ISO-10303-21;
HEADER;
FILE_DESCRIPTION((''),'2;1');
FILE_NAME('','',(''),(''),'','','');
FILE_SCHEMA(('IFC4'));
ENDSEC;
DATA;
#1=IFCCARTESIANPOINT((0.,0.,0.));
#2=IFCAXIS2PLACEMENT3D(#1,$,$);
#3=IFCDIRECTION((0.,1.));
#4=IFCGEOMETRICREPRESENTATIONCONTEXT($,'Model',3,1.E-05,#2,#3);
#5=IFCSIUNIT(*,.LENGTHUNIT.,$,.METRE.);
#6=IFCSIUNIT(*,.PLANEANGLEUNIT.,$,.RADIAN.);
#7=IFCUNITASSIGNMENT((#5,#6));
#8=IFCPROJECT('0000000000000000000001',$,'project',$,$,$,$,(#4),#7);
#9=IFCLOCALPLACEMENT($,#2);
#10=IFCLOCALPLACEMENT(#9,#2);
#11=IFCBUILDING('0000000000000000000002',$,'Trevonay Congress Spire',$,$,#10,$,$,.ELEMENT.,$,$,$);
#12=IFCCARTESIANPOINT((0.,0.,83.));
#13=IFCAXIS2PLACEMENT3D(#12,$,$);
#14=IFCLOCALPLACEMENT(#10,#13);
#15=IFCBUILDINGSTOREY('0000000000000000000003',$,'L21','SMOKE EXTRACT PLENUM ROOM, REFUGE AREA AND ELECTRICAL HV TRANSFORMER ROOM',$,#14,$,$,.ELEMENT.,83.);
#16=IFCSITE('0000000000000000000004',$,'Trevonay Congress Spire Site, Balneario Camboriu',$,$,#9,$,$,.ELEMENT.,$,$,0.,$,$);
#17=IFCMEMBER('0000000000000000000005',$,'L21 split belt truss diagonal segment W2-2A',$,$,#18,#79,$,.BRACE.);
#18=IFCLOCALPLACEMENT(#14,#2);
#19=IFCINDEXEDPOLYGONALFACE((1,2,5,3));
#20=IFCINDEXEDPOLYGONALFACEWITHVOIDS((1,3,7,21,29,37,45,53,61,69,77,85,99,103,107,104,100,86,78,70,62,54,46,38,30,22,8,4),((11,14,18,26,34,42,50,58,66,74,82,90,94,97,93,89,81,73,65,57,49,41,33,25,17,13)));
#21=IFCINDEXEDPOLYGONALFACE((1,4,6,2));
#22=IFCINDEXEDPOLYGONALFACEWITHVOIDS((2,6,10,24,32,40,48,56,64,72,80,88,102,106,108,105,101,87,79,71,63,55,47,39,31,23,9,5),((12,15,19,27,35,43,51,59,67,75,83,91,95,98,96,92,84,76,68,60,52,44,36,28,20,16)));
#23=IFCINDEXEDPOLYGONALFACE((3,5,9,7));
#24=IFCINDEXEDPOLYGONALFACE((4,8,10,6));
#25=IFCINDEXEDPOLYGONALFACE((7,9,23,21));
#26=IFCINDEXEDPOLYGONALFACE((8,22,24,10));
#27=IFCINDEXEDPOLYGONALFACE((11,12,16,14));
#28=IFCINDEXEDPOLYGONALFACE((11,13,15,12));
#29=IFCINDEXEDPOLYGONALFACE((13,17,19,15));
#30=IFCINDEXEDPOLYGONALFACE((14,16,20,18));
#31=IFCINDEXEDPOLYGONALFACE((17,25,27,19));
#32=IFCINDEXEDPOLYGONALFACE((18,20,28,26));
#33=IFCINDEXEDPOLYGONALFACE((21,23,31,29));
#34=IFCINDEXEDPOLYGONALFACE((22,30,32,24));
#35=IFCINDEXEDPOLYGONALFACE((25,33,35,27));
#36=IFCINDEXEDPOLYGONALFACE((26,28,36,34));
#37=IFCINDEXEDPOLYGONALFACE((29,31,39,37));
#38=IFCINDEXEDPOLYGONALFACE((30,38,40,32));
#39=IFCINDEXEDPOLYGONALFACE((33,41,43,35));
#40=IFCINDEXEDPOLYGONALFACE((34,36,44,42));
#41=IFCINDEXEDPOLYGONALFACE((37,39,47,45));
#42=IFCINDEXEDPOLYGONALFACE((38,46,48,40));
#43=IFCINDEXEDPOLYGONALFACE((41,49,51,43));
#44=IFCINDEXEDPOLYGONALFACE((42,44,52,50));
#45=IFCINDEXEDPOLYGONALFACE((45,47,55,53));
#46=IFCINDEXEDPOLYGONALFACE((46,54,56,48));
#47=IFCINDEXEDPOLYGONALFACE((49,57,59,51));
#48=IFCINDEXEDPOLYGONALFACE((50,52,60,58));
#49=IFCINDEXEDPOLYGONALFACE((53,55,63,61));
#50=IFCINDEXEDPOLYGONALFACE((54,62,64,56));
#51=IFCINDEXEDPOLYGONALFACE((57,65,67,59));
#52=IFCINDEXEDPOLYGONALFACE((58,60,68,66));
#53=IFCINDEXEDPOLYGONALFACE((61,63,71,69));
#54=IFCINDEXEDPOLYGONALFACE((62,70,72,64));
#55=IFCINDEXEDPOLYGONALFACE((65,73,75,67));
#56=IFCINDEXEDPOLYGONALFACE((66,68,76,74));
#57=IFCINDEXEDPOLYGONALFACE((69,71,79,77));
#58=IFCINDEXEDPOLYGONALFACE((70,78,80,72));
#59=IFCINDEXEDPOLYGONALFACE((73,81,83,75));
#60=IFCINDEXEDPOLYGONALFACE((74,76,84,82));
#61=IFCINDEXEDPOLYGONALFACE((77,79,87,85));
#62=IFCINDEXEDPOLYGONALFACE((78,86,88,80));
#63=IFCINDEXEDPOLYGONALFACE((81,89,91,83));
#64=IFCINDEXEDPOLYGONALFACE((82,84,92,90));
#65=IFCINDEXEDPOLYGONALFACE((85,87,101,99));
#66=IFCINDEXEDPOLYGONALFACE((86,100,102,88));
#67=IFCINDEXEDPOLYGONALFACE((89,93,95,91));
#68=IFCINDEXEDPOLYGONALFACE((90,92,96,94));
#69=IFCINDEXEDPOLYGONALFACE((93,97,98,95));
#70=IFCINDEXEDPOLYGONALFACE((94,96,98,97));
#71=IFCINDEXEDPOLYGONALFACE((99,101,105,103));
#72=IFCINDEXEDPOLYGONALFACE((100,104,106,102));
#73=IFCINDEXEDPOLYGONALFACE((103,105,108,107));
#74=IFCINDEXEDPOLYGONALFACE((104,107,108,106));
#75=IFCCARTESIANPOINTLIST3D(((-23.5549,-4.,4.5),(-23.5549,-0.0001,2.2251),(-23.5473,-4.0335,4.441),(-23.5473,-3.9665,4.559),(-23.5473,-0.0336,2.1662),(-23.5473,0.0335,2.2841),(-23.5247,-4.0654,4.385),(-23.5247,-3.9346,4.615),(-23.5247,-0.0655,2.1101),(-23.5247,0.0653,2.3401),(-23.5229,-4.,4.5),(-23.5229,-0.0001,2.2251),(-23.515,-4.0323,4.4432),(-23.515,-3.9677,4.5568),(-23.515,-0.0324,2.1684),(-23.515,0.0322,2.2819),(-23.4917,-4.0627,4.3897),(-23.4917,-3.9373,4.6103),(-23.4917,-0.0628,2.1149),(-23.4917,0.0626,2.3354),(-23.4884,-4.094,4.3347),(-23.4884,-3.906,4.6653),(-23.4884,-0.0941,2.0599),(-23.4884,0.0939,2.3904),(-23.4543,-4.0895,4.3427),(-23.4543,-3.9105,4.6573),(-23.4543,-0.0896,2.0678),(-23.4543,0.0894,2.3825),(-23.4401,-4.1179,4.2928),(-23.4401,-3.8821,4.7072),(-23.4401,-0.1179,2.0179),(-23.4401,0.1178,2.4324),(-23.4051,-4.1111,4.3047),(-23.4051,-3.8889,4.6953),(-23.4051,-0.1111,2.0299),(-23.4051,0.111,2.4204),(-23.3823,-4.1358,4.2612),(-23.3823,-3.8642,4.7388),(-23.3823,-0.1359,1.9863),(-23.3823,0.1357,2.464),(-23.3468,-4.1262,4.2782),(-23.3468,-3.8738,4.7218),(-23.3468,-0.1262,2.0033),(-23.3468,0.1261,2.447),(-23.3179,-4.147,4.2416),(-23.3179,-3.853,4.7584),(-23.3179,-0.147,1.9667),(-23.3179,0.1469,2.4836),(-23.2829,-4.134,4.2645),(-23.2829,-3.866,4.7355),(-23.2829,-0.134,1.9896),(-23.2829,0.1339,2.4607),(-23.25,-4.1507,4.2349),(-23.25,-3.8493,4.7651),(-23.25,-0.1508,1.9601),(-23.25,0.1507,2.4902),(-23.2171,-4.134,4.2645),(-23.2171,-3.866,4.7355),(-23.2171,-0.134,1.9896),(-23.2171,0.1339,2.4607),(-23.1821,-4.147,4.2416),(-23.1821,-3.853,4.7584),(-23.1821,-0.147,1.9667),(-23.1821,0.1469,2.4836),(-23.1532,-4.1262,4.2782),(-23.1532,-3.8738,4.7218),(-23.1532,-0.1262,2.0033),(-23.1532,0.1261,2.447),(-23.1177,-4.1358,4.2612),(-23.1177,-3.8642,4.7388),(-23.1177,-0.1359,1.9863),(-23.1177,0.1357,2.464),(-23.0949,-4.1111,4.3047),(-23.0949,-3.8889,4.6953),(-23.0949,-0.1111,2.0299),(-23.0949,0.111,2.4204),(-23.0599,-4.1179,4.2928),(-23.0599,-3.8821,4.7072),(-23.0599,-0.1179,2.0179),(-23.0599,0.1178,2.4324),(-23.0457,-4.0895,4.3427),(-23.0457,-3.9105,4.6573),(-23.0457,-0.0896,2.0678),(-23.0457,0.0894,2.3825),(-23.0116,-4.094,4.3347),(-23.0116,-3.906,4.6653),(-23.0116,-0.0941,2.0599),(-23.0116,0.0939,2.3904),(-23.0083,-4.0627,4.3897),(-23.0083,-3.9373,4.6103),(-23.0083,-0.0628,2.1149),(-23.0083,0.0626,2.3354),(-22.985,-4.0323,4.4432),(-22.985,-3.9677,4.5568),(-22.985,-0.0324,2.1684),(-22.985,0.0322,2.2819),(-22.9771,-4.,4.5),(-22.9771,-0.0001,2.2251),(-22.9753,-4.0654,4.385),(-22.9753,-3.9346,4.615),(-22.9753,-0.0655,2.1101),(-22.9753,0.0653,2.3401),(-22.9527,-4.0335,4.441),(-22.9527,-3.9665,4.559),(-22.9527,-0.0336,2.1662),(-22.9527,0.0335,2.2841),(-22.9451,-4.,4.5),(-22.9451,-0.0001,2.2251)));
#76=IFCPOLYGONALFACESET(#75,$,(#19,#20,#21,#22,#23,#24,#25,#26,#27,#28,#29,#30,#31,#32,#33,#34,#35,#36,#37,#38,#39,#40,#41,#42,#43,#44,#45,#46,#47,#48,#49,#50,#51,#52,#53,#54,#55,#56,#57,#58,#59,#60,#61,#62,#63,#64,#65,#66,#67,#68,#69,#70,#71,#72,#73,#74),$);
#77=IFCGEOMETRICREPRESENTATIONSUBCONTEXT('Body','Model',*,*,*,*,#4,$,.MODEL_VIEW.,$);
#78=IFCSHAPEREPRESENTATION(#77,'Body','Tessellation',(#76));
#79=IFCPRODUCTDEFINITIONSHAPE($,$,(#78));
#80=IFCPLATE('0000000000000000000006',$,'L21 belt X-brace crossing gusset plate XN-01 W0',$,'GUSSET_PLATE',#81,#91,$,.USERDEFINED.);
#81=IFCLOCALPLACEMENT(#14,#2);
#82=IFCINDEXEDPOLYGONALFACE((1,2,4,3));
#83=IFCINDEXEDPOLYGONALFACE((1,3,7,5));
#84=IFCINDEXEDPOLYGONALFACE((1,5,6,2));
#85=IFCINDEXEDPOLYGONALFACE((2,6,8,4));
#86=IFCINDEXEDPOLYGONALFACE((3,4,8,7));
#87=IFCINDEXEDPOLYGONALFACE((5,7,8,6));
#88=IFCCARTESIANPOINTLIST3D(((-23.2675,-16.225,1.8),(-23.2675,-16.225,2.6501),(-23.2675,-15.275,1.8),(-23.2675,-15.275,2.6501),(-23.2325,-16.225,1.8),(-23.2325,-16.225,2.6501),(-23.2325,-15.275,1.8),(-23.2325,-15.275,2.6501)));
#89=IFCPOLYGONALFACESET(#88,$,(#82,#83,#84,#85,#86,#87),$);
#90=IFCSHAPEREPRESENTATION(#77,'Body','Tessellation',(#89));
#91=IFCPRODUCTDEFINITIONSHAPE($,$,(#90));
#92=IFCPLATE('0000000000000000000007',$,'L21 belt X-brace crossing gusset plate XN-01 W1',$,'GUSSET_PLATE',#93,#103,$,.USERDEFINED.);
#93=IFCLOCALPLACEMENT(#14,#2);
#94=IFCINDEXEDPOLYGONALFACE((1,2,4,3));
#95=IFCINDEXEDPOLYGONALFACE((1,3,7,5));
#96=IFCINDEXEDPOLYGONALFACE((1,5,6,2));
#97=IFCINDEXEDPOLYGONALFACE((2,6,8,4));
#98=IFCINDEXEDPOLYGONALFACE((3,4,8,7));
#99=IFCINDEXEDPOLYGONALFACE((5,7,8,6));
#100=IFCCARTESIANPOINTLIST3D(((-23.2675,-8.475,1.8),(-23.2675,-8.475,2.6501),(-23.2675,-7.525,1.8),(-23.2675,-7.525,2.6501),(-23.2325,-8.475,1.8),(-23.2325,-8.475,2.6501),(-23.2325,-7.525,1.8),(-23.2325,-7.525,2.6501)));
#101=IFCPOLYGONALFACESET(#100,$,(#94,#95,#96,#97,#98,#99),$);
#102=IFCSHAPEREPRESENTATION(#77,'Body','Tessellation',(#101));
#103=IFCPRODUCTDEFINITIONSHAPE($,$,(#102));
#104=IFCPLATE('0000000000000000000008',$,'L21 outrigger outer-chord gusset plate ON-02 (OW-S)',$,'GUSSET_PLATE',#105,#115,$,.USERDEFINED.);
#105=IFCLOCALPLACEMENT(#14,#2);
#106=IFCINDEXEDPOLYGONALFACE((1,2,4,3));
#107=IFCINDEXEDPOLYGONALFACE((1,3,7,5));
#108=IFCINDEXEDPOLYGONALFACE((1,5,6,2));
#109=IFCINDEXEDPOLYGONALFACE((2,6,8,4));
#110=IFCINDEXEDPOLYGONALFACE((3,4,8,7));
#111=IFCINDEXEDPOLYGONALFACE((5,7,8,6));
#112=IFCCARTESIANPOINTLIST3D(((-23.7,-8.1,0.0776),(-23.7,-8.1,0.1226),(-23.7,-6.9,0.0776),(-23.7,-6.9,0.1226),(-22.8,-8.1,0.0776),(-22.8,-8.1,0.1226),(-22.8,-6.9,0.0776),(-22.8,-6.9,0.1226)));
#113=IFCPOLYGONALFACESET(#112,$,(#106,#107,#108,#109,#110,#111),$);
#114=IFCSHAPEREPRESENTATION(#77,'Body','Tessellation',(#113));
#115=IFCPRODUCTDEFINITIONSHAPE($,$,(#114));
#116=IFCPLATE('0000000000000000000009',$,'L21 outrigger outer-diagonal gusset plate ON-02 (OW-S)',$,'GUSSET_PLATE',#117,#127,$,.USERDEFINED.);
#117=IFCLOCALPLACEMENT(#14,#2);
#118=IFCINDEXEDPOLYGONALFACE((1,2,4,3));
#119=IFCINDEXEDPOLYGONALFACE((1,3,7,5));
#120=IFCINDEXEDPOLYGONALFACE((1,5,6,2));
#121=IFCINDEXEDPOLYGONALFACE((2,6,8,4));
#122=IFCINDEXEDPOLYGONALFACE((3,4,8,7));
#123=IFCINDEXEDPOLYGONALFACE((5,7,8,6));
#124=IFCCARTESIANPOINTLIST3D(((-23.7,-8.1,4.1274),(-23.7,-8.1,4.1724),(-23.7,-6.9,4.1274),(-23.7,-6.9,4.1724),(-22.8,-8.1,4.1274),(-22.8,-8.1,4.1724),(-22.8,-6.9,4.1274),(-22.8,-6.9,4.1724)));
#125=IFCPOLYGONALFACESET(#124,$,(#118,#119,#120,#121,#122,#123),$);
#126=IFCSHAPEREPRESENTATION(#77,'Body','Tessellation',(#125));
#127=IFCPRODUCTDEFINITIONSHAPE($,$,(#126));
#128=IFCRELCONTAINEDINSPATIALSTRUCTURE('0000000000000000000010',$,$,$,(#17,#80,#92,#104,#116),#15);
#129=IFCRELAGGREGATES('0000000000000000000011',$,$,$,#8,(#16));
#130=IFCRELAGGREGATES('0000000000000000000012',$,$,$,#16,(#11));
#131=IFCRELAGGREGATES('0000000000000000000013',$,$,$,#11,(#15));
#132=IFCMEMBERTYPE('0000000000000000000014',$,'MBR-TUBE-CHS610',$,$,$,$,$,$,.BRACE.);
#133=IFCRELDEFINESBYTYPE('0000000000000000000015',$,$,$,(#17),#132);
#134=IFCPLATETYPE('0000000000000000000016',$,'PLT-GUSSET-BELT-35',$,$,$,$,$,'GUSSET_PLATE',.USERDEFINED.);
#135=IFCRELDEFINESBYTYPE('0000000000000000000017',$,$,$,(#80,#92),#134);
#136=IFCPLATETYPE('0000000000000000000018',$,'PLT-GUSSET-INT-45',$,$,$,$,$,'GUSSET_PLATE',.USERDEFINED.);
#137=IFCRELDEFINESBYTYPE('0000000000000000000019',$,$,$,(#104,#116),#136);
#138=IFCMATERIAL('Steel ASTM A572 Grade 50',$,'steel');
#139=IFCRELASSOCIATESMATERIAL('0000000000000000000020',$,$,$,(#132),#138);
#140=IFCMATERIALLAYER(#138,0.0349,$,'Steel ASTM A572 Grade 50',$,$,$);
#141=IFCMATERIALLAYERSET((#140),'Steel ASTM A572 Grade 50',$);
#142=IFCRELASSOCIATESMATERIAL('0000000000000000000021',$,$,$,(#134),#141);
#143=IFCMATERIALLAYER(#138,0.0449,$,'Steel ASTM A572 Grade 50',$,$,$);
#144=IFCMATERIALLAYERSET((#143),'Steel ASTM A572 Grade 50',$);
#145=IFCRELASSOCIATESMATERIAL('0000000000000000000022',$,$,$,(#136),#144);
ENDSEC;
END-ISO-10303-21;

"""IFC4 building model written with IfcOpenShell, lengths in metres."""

from ifc_helpers import new_model, si_unit, direction, frame, origin, origin_2d, place, context, subcontext, project, spatial, rectangle, hollow_circle, extrude, material, layer, layer_set, material_profile, profile_set, type_object, element, save


model = new_model("IFC4")

# Units and contexts
model_context = context("Model", 3, precision=1e-05, world=origin(), true_north=direction((0.0, 1.0)))
body_context = subcontext(model_context, "Body", "Model", "MODEL_VIEW")
ifc_project = project(units=[si_unit("LENGTHUNIT", "METRE"), si_unit("PLANEANGLEUNIT", "RADIAN")], contexts=[model_context])

# Site, building, storey
site_placement = place(None, origin())
site = spatial("IfcSite", under=ifc_project, at=site_placement, Name="Trevonay Congress Spire Site, Balneario Camboriu", CompositionType="ELEMENT", RefElevation=0.0)
building_placement = place(site_placement, origin())
building = spatial("IfcBuilding", under=site, at=building_placement, Name="Trevonay Congress Spire", CompositionType="ELEMENT")
storey_placement = place(building_placement, frame((0.0, 0.0, 83.0)))
storey = spatial("IfcBuildingStorey", under=building, at=storey_placement, Name="L21", Description="SMOKE EXTRACT PLENUM ROOM, REFUGE AREA AND ELECTRICAL HV TRANSFORMER ROOM", CompositionType="ELEMENT", Elevation=83.0)

# Shared definitions
ifc_material_1 = material(Name="Steel ASTM A572 Grade 50", Category="steel")

# Member
ifc_material_profile_1 = material_profile(ifc_material_1, hollow_circle(Radius=0.3049, WallThickness=0.032, at=origin_2d()), Name="CHS 610x32")
ifc_profile_set_1 = profile_set([ifc_material_profile_1], Name="Steel ASTM A572 Grade 50")
member_type = type_object("IfcMemberType", Name="MBR-TUBE-CHS610", PredefinedType="BRACE", material=ifc_profile_set_1)
member_1_placement = place(storey_placement, frame((-23.25, -4.0, 4.5), z_axis=(0.0, 0.869253, -0.494367), x_axis=(-1.0, 0.0, 0.0)))
element("IfcMember", 1, at=member_1_placement, inside=storey, type_object=member_type, Name="L21 split belt truss diagonal segment W2-2A", PredefinedType="BRACE", context=body_context, shape_type="SweptSolid", body=[
    extrude(hollow_circle(Radius=0.3049, WallThickness=0.032, at=origin_2d()), origin(), (0.0, 0.0, 1.0), 4.6016),
])

# Plates
ifc_layer_1 = layer(ifc_material_1, 0.0349, Name="Steel ASTM A572 Grade 50")
ifc_layer_set_1 = layer_set([ifc_layer_1], Name="Steel ASTM A572 Grade 50")
plate_type_1 = type_object("IfcPlateType", Name="PLT-GUSSET-BELT-35", ElementType="GUSSET_PLATE", PredefinedType="USERDEFINED", material=ifc_layer_set_1)
for number, where, z_axis, x_axis, name in (
    (2, (-23.25, -15.75, 1.8), (0.0, 0.0, 1.0), (1.0, 0.0, 0.0), "L21 belt X-brace crossing gusset plate XN-01 W0"),
    (3, (-23.25, -8.0, 1.8), (0.0, 0.0, 1.0), (1.0, 0.0, 0.0), "L21 belt X-brace crossing gusset plate XN-01 W1"),
):
    element("IfcPlate", number, at=place(storey_placement, frame(where, z_axis=z_axis, x_axis=x_axis)), inside=storey, type_object=plate_type_1, Name=name, ObjectType="GUSSET_PLATE", PredefinedType="USERDEFINED", context=body_context, shape_type="SweptSolid", body=[
        extrude(rectangle(XDim=0.0349, YDim=0.95, at=origin_2d()), origin(), (0.0, 0.0, 1.0), 0.8501),
    ])
ifc_layer_2 = layer(ifc_material_1, 0.0449, Name="Steel ASTM A572 Grade 50")
ifc_layer_set_2 = layer_set([ifc_layer_2], Name="Steel ASTM A572 Grade 50")
plate_type_2 = type_object("IfcPlateType", Name="PLT-GUSSET-INT-45", ElementType="GUSSET_PLATE", PredefinedType="USERDEFINED", material=ifc_layer_set_2)
for number, where, z_axis, x_axis, name in (
    (4, (-23.25, -7.5, 0.0776), (0.0, 0.0, 1.0), (0.0, 1.0, 0.0), "L21 outrigger outer-chord gusset plate ON-02 (OW-S)"),
    (5, (-23.25, -7.5, 4.1274), (0.0, 0.0, 1.0), (0.0, 1.0, 0.0), "L21 outrigger outer-diagonal gusset plate ON-02 (OW-S)"),
):
    element("IfcPlate", number, at=place(storey_placement, frame(where, z_axis=z_axis, x_axis=x_axis)), inside=storey, type_object=plate_type_2, Name=name, ObjectType="GUSSET_PLATE", PredefinedType="USERDEFINED", context=body_context, shape_type="SweptSolid", body=[
        extrude(rectangle(XDim=1.2, YDim=0.8999, at=origin_2d()), origin(), (0.0, 0.0, 1.0), 0.0449),
    ])

save(model, "model.ifc")
